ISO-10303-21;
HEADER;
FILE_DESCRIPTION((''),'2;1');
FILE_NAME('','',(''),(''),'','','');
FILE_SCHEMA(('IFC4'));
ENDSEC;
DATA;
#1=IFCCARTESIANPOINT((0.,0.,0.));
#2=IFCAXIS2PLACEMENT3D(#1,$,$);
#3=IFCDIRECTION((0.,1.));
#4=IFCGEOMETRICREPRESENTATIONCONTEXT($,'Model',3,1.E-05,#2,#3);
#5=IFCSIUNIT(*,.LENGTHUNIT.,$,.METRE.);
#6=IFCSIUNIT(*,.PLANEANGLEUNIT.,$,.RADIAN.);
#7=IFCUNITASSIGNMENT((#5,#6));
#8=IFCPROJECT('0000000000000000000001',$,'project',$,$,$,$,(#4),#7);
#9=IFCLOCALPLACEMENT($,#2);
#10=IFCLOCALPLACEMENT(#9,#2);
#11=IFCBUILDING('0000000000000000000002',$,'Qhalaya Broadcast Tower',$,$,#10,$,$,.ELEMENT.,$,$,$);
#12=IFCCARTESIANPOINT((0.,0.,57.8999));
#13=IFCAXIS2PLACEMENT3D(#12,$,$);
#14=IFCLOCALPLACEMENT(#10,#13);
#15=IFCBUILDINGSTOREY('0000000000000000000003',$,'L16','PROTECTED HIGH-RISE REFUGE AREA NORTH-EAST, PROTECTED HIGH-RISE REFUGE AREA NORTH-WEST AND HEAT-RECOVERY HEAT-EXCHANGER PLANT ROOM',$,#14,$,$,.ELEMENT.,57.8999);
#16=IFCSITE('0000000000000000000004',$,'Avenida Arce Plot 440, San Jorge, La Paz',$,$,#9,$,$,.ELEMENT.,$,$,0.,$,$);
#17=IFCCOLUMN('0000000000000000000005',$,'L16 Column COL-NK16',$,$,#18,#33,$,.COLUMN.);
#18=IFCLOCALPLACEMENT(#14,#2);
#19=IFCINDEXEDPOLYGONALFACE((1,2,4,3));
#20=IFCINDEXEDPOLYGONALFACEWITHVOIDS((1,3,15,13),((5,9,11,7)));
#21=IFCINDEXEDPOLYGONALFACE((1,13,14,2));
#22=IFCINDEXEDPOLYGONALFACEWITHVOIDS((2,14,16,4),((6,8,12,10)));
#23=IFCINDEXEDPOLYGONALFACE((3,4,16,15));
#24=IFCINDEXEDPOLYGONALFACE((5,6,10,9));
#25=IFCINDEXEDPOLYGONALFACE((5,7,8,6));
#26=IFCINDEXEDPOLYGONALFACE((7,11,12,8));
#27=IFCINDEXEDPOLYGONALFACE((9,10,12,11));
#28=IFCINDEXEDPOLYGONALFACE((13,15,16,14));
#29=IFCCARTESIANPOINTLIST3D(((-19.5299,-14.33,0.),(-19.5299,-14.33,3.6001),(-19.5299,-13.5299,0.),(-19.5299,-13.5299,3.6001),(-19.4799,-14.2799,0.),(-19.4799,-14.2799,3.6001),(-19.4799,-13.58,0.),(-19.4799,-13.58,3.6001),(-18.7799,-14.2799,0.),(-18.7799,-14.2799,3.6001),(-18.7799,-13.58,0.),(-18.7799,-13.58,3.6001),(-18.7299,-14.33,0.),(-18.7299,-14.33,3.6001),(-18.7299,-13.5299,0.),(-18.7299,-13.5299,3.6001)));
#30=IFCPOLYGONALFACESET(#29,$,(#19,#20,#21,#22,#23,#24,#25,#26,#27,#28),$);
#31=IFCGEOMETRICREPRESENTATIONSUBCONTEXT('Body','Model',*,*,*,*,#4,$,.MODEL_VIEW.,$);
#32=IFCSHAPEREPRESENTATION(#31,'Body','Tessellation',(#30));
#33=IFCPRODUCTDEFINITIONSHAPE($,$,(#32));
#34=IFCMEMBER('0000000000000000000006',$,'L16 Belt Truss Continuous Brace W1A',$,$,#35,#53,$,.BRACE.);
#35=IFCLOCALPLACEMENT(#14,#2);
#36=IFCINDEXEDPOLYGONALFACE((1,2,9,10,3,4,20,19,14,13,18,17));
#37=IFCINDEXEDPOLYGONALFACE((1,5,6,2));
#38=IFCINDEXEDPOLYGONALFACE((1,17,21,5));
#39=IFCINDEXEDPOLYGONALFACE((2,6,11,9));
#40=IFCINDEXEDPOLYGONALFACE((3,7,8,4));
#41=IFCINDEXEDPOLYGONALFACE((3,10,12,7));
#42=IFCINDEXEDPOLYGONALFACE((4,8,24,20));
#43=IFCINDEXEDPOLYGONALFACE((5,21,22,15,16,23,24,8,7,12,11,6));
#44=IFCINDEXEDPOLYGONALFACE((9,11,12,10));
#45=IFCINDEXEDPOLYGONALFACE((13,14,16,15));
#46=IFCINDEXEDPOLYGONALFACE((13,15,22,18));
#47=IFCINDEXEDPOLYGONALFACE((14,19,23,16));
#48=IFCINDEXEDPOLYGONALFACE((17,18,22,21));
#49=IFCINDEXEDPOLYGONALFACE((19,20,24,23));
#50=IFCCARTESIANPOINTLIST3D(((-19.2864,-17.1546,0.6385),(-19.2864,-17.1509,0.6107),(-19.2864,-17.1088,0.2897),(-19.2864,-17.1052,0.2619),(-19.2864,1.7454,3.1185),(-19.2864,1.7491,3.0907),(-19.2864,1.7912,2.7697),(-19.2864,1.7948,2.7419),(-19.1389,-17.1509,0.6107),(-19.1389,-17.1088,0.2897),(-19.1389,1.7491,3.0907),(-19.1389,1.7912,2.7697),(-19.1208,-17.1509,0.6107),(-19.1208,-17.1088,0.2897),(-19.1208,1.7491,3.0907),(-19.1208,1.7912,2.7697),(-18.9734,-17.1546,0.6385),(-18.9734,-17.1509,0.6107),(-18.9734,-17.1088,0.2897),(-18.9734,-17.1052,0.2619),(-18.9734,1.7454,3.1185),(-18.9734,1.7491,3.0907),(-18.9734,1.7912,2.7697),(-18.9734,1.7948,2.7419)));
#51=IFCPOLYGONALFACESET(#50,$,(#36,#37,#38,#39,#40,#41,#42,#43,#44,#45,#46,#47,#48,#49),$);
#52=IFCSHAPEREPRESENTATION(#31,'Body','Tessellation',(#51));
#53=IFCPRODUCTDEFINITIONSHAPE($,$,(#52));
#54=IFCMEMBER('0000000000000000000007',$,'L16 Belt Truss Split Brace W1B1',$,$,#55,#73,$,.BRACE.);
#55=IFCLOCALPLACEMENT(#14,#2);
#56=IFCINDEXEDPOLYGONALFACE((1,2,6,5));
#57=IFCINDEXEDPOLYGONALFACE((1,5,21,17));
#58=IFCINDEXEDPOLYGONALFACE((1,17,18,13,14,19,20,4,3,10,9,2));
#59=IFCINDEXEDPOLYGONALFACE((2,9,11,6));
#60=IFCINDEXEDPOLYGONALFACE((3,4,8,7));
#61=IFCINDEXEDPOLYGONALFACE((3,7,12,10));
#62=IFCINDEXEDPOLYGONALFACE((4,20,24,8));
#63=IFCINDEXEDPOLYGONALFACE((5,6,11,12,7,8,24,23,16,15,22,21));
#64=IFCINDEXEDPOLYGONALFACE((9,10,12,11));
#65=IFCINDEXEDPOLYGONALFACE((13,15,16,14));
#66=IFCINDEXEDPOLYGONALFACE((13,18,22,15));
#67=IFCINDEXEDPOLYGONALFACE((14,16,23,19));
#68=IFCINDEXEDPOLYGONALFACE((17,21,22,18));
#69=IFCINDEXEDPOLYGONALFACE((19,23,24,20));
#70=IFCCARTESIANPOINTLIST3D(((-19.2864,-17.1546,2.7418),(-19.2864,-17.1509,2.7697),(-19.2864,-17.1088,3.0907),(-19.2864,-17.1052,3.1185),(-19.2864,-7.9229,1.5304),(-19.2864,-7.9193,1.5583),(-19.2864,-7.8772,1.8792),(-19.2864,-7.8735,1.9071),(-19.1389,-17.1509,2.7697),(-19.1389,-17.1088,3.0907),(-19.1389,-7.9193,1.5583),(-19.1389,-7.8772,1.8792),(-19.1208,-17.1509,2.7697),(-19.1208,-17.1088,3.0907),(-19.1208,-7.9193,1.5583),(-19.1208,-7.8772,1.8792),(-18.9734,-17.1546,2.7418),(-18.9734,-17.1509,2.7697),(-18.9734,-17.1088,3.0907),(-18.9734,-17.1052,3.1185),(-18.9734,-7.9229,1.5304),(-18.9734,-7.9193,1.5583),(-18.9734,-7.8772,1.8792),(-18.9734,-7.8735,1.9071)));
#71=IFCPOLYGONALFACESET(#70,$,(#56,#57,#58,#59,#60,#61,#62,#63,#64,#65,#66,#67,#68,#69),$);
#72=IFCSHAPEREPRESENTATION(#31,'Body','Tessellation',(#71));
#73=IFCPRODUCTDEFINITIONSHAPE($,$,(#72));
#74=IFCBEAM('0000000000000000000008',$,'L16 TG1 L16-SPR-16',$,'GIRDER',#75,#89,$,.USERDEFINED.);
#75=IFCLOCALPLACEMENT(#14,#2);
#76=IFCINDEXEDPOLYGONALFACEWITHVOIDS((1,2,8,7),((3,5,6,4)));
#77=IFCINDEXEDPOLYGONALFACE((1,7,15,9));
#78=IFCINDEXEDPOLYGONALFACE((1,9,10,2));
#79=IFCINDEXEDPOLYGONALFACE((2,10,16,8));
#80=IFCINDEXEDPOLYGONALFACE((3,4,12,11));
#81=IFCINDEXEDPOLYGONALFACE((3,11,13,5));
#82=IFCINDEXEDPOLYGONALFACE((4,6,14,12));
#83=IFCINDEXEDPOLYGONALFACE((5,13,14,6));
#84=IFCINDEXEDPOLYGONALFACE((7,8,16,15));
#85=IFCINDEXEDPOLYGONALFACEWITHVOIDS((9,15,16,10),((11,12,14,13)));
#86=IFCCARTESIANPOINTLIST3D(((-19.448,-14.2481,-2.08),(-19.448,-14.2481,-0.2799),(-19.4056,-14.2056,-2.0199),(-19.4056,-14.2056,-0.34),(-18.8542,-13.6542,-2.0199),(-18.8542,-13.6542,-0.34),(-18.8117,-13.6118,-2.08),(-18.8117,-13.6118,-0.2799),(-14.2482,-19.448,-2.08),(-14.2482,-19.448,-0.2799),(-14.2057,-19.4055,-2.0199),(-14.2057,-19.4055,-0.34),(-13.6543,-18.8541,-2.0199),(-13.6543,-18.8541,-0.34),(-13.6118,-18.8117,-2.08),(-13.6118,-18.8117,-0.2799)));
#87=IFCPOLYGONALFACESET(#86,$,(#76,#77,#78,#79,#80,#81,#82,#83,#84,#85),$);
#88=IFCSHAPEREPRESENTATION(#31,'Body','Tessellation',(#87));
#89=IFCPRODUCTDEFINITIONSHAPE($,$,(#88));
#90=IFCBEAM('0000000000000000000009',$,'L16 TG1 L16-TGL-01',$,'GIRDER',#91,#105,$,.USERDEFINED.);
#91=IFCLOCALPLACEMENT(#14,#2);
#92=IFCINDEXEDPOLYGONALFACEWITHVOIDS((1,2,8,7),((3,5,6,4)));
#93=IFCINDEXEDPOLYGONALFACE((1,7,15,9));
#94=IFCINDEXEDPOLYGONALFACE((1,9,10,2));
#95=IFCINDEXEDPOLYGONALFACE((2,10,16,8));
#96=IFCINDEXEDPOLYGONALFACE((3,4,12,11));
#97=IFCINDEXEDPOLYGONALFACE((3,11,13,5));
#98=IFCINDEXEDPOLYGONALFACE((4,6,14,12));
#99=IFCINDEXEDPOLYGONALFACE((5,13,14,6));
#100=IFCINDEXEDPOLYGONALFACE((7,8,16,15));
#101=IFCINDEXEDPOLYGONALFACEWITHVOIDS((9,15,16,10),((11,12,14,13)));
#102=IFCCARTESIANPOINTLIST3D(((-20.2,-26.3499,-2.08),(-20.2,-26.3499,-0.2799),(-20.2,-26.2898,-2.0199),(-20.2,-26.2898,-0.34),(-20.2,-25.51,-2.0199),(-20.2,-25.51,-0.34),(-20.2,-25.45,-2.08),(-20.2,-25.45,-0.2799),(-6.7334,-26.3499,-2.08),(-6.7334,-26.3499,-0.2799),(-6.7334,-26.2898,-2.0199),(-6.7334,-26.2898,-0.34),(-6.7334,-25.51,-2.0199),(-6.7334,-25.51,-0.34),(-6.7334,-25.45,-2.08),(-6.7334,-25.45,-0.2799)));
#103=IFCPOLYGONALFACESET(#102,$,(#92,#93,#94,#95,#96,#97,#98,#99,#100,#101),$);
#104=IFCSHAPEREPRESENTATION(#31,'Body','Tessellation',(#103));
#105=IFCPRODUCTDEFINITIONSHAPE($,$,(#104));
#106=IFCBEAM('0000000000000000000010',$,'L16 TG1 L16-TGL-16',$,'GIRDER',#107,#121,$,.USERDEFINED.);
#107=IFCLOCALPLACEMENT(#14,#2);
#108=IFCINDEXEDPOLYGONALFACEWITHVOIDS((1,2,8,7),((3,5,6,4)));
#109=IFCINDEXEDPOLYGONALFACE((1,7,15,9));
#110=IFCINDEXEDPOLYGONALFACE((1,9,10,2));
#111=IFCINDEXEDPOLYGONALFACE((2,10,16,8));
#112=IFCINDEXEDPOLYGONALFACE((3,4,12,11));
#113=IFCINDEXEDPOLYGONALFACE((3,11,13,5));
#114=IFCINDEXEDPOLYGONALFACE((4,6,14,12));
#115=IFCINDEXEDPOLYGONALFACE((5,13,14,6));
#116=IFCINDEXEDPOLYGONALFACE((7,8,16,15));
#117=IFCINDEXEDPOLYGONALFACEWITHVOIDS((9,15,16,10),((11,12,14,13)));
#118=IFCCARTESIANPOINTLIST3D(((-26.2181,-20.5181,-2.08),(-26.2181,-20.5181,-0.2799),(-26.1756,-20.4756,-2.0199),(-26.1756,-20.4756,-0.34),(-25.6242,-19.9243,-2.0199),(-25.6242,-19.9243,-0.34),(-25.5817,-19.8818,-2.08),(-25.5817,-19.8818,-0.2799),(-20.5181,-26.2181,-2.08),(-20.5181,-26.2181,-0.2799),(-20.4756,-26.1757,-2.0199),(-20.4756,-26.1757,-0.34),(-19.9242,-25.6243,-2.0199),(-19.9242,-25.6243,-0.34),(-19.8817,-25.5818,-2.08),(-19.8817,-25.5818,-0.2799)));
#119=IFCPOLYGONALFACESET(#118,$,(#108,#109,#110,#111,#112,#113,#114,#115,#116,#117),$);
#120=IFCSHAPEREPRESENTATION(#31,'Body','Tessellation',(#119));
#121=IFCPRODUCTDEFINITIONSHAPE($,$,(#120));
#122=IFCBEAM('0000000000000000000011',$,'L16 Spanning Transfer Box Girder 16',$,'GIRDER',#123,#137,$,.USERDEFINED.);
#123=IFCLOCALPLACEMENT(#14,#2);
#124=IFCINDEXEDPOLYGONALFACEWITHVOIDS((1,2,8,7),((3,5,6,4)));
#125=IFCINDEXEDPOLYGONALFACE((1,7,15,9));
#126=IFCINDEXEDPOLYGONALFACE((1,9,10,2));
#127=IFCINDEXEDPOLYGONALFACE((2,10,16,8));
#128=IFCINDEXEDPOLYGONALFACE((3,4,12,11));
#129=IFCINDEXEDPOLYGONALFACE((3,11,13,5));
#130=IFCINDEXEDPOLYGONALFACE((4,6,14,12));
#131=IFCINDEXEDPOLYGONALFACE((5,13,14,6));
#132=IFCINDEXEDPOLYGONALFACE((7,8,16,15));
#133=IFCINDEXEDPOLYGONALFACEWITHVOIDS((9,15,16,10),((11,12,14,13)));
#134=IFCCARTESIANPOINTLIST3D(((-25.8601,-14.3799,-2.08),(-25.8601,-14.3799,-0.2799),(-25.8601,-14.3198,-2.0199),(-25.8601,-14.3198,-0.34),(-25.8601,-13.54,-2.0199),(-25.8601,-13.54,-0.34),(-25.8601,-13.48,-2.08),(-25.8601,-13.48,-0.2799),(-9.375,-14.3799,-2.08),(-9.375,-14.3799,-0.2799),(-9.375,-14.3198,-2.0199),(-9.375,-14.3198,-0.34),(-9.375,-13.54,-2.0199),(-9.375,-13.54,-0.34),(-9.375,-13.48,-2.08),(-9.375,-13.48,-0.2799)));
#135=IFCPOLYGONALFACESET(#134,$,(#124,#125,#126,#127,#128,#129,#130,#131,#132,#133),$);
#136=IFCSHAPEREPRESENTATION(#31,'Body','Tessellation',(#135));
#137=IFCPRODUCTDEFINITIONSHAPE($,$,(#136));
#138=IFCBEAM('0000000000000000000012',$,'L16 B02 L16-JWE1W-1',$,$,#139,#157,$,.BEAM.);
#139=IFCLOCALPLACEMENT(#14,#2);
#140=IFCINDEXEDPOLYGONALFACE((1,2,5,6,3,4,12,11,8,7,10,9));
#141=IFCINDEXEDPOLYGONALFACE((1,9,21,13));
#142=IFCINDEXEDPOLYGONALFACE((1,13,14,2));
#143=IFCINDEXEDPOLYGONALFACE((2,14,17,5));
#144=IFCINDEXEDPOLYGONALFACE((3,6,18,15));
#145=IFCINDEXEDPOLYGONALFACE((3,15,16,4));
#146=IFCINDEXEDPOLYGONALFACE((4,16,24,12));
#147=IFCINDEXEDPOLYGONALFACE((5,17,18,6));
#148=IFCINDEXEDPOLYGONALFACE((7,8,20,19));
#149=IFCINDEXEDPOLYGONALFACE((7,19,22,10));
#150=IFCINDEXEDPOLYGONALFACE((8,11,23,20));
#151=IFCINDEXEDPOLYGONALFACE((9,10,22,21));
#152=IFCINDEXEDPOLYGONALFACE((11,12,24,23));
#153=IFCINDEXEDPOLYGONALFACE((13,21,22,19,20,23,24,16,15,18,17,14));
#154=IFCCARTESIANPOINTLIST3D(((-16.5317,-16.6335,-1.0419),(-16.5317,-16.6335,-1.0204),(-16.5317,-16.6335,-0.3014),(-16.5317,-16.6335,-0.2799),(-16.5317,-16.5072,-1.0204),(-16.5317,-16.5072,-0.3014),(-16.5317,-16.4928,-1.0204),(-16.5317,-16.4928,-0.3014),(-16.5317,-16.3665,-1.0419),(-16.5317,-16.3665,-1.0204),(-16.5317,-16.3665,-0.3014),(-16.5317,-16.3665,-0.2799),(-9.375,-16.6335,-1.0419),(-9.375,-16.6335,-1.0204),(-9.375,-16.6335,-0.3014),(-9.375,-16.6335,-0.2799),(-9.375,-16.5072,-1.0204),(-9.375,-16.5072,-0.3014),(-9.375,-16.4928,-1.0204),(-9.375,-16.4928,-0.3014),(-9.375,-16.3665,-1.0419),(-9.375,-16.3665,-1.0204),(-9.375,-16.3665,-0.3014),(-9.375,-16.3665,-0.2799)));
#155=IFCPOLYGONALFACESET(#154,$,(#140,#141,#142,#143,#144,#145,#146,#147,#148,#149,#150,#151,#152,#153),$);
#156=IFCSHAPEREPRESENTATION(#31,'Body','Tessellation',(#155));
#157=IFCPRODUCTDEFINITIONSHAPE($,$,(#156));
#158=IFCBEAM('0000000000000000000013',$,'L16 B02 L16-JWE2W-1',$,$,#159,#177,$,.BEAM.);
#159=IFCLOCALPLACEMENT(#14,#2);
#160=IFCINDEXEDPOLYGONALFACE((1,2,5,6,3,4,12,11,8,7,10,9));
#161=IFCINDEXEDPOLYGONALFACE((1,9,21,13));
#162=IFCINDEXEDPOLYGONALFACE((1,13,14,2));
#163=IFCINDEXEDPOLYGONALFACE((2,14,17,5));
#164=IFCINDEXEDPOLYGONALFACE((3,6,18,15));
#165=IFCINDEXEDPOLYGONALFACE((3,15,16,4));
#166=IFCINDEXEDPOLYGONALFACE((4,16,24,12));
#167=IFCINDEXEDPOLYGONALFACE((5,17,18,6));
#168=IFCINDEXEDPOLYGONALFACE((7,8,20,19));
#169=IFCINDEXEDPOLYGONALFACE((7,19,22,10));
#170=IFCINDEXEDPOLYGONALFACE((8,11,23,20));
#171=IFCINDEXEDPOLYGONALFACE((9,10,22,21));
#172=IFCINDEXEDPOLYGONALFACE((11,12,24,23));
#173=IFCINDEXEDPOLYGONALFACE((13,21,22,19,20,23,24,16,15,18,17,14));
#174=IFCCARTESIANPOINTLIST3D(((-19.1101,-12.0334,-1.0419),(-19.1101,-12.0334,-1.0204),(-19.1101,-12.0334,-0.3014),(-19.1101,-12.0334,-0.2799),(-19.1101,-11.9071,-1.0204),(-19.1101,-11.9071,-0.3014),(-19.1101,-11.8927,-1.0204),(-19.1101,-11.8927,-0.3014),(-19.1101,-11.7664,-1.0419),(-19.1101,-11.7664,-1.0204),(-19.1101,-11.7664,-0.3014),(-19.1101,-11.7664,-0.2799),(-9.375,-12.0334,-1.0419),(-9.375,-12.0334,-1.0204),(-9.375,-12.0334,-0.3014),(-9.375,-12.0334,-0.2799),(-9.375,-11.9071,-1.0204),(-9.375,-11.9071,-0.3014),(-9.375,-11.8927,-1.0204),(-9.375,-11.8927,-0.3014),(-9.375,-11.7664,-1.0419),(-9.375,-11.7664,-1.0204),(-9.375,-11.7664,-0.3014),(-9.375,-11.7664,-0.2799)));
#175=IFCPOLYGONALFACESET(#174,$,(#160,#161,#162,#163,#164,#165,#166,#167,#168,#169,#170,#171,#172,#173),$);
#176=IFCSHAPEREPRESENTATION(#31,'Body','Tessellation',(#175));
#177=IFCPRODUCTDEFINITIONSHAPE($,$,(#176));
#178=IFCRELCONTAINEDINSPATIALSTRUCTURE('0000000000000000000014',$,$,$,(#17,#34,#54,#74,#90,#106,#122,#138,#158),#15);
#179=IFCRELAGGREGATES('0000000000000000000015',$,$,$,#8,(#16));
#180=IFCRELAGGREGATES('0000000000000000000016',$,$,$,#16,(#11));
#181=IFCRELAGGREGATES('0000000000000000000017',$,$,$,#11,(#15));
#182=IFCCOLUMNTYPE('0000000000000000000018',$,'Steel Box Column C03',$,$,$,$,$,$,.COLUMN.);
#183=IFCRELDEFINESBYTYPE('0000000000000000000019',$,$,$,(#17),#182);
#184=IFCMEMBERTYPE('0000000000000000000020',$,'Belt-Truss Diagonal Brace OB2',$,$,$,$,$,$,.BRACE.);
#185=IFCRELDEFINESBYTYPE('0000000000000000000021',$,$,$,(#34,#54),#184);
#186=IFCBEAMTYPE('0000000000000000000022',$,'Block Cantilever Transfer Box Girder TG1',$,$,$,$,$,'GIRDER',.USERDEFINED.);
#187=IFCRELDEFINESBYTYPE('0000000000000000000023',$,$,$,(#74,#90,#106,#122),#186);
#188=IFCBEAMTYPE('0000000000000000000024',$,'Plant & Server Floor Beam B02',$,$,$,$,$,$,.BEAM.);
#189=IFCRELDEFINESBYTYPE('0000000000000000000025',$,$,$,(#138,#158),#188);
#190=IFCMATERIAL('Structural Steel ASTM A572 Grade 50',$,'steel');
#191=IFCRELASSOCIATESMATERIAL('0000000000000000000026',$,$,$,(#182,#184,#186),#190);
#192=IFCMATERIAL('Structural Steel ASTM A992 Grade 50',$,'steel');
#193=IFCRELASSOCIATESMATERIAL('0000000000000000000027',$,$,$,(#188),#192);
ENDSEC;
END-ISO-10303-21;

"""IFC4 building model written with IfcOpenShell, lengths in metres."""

from ifc_helpers import new_model, si_unit, direction, frame, origin, origin_2d, place, context, subcontext, project, spatial, hollow_rectangle, i_section, extrude, material, material_profile, profile_set, type_object, element, save


model = new_model("IFC4")

# Units and contexts
model_context = context("Model", 3, precision=1e-05, world=origin(), true_north=direction((0.0, 1.0)))
body_context = subcontext(model_context, "Body", "Model", "MODEL_VIEW")
ifc_project = project(units=[si_unit("LENGTHUNIT", "METRE"), si_unit("PLANEANGLEUNIT", "RADIAN")], contexts=[model_context])

# Site, building, storey
site_placement = place(None, origin())
site = spatial("IfcSite", under=ifc_project, at=site_placement, Name="Avenida Arce Plot 440, San Jorge, La Paz", CompositionType="ELEMENT", RefElevation=0.0)
building_placement = place(site_placement, origin())
building = spatial("IfcBuilding", under=site, at=building_placement, Name="Qhalaya Broadcast Tower", CompositionType="ELEMENT")
storey_placement = place(building_placement, frame((0.0, 0.0, 57.8999)))
storey = spatial("IfcBuildingStorey", under=building, at=storey_placement, Name="L16", Description="PROTECTED HIGH-RISE REFUGE AREA NORTH-EAST, PROTECTED HIGH-RISE REFUGE AREA NORTH-WEST AND HEAT-RECOVERY HEAT-EXCHANGER PLANT ROOM", CompositionType="ELEMENT", Elevation=57.8999)

# Column
ifc_material_1 = material(Name="Structural Steel ASTM A572 Grade 50", Category="steel")
ifc_material_profile_1 = material_profile(ifc_material_1, hollow_rectangle(XDim=0.8, YDim=0.8, WallThickness=0.05, at=origin_2d()), Name="BOX 800x800x50")
ifc_profile_set_1 = profile_set([ifc_material_profile_1], Name="Structural Steel ASTM A572 Grade 50")
column_type = type_object("IfcColumnType", Name="Steel Box Column C03", PredefinedType="COLUMN", material=ifc_profile_set_1)
column_placement = place(storey_placement, frame((-19.1299, -13.9299, 0.0), z_axis=(0.0, 0.0, 1.0), x_axis=(0.0, 1.0, 0.0)))
element("IfcColumn", 1, at=column_placement, inside=storey, type_object=column_type, Name="L16 Column COL-NK16", PredefinedType="COLUMN", context=body_context, shape_type="SweptSolid", body=[
    extrude(hollow_rectangle(XDim=0.8, YDim=0.8, WallThickness=0.05, at=origin_2d()), origin(), (0.0, 0.0, 1.0), 3.6001),
])

# Members
ifc_material_profile_2 = material_profile(ifc_material_1, i_section(OverallWidth=0.313, OverallDepth=0.3799, WebThickness=0.0181, FlangeThickness=0.0281, at=origin_2d()), Name="W12X120")
ifc_profile_set_2 = profile_set([ifc_material_profile_2], Name="Structural Steel ASTM A572 Grade 50")
member_type = type_object("IfcMemberType", Name="Belt-Truss Diagonal Brace OB2", PredefinedType="BRACE", material=ifc_profile_set_2)
member_1_placement = place(storey_placement, frame((-19.1299, -17.1299, 0.4502), z_axis=(0.0, 0.991501, 0.130101), x_axis=(-1.0, 0.0, 0.0)))
element("IfcMember", 2, at=member_1_placement, inside=storey, type_object=member_type, Name="L16 Belt Truss Continuous Brace W1A", PredefinedType="BRACE", context=body_context, shape_type="SweptSolid", body=[
    extrude(i_section(OverallWidth=0.313, OverallDepth=0.3799, WebThickness=0.0181, FlangeThickness=0.0281, at=origin_2d()), origin(), (0.0, 0.0, 1.0), 19.062),
])
member_2_placement = place(storey_placement, frame((-19.1299, -17.1299, 2.9302), z_axis=(0.0, 0.9915, -0.130109), x_axis=(-1.0, 0.0, 0.0)))
element("IfcMember", 3, at=member_2_placement, inside=storey, type_object=member_type, Name="L16 Belt Truss Split Brace W1B1", PredefinedType="BRACE", context=body_context, shape_type="SweptSolid", body=[
    extrude(i_section(OverallWidth=0.313, OverallDepth=0.3799, WebThickness=0.0181, FlangeThickness=0.0281, at=origin_2d()), origin(), (0.0, 0.0, 1.0), 9.3108),
])

# Beams
ifc_material_profile_3 = material_profile(ifc_material_1, hollow_rectangle(XDim=0.8999, YDim=1.8, WallThickness=0.0601, at=origin_2d()), Name="BOX 900x1800x60")
ifc_profile_set_3 = profile_set([ifc_material_profile_3], Name="Structural Steel ASTM A572 Grade 50")
beam_type_1 = type_object("IfcBeamType", Name="Block Cantilever Transfer Box Girder TG1", ElementType="GIRDER", PredefinedType="USERDEFINED", material=ifc_profile_set_3)
beam_1_placement = place(storey_placement, frame((-19.1299, -13.9299, -1.1799), z_axis=(0.707107, -0.707107, 0.0), x_axis=(0.707107, 0.707107, 0.0)))
element("IfcBeam", 4, at=beam_1_placement, inside=storey, type_object=beam_type_1, Name="L16 TG1 L16-SPR-16", ObjectType="GIRDER", PredefinedType="USERDEFINED", context=body_context, shape_type="SweptSolid", body=[
    extrude(hollow_rectangle(XDim=0.8999, YDim=1.8, WallThickness=0.0601, at=origin_2d()), origin(), (0.0, 0.0, 1.0), 7.3538),
])
beam_2_placement = place(storey_placement, frame((-20.2, -25.8999, -1.1799), z_axis=(1.0, 0.0, 0.0), x_axis=(0.0, 1.0, 0.0)))
element("IfcBeam", 5, at=beam_2_placement, inside=storey, type_object=beam_type_1, Name="L16 TG1 L16-TGL-01", ObjectType="GIRDER", PredefinedType="USERDEFINED", context=body_context, shape_type="SweptSolid", body=[
    extrude(hollow_rectangle(XDim=0.8999, YDim=1.8, WallThickness=0.0601, at=origin_2d()), origin(), (0.0, 0.0, 1.0), 13.4666),
])
beam_3_placement = place(storey_placement, frame((-25.8999, -20.2, -1.1799), z_axis=(0.707107, -0.707107, 0.0), x_axis=(0.707107, 0.707107, 0.0)))
element("IfcBeam", 6, at=beam_3_placement, inside=storey, type_object=beam_type_1, Name="L16 TG1 L16-TGL-16", ObjectType="GIRDER", PredefinedType="USERDEFINED", context=body_context, shape_type="SweptSolid", body=[
    extrude(hollow_rectangle(XDim=0.8999, YDim=1.8, WallThickness=0.0601, at=origin_2d()), origin(), (0.0, 0.0, 1.0), 8.061),
])
beam_4_placement = place(storey_placement, frame((-25.8601, -13.9299, -1.1799), z_axis=(1.0, 0.0, 0.0), x_axis=(0.0, 1.0, 0.0)))
element("IfcBeam", 7, at=beam_4_placement, inside=storey, type_object=beam_type_1, Name="L16 Spanning Transfer Box Girder 16", ObjectType="GIRDER", PredefinedType="USERDEFINED", context=body_context, shape_type="SweptSolid", body=[
    extrude(hollow_rectangle(XDim=0.8999, YDim=1.8, WallThickness=0.0601, at=origin_2d()), origin(), (0.0, 0.0, 1.0), 16.4851),
])
ifc_material_2 = material(Name="Structural Steel ASTM A992 Grade 50", Category="steel")
ifc_material_profile_4 = material_profile(ifc_material_2, i_section(OverallWidth=0.2671, OverallDepth=0.762, WebThickness=0.0144, FlangeThickness=0.0215, at=origin_2d()), Name="W30X116")
ifc_profile_set_4 = profile_set([ifc_material_profile_4], Name="Structural Steel ASTM A992 Grade 50")
beam_type_2 = type_object("IfcBeamType", Name="Plant & Server Floor Beam B02", PredefinedType="BEAM", material=ifc_profile_set_4)
beam_5_placement = place(storey_placement, frame((-16.5317, -16.5, -0.6609), z_axis=(1.0, 0.0, 0.0), x_axis=(0.0, 1.0, 0.0)))
element("IfcBeam", 8, at=beam_5_placement, inside=storey, type_object=beam_type_2, Name="L16 B02 L16-JWE1W-1", PredefinedType="BEAM", context=body_context, shape_type="SweptSolid", body=[
    extrude(i_section(OverallWidth=0.2671, OverallDepth=0.762, WebThickness=0.0144, FlangeThickness=0.0215, at=origin_2d()), origin(), (0.0, 0.0, 1.0), 7.1567),
])
beam_6_placement = place(storey_placement, frame((-19.1101, -11.8999, -0.6609), z_axis=(1.0, 0.0, 0.0), x_axis=(0.0, 1.0, 0.0)))
element("IfcBeam", 9, at=beam_6_placement, inside=storey, type_object=beam_type_2, Name="L16 B02 L16-JWE2W-1", PredefinedType="BEAM", context=body_context, shape_type="SweptSolid", body=[
    extrude(i_section(OverallWidth=0.2671, OverallDepth=0.762, WebThickness=0.0144, FlangeThickness=0.0215, at=origin_2d()), origin(), (0.0, 0.0, 1.0), 9.7351),
])

save(model, "model.ifc")
